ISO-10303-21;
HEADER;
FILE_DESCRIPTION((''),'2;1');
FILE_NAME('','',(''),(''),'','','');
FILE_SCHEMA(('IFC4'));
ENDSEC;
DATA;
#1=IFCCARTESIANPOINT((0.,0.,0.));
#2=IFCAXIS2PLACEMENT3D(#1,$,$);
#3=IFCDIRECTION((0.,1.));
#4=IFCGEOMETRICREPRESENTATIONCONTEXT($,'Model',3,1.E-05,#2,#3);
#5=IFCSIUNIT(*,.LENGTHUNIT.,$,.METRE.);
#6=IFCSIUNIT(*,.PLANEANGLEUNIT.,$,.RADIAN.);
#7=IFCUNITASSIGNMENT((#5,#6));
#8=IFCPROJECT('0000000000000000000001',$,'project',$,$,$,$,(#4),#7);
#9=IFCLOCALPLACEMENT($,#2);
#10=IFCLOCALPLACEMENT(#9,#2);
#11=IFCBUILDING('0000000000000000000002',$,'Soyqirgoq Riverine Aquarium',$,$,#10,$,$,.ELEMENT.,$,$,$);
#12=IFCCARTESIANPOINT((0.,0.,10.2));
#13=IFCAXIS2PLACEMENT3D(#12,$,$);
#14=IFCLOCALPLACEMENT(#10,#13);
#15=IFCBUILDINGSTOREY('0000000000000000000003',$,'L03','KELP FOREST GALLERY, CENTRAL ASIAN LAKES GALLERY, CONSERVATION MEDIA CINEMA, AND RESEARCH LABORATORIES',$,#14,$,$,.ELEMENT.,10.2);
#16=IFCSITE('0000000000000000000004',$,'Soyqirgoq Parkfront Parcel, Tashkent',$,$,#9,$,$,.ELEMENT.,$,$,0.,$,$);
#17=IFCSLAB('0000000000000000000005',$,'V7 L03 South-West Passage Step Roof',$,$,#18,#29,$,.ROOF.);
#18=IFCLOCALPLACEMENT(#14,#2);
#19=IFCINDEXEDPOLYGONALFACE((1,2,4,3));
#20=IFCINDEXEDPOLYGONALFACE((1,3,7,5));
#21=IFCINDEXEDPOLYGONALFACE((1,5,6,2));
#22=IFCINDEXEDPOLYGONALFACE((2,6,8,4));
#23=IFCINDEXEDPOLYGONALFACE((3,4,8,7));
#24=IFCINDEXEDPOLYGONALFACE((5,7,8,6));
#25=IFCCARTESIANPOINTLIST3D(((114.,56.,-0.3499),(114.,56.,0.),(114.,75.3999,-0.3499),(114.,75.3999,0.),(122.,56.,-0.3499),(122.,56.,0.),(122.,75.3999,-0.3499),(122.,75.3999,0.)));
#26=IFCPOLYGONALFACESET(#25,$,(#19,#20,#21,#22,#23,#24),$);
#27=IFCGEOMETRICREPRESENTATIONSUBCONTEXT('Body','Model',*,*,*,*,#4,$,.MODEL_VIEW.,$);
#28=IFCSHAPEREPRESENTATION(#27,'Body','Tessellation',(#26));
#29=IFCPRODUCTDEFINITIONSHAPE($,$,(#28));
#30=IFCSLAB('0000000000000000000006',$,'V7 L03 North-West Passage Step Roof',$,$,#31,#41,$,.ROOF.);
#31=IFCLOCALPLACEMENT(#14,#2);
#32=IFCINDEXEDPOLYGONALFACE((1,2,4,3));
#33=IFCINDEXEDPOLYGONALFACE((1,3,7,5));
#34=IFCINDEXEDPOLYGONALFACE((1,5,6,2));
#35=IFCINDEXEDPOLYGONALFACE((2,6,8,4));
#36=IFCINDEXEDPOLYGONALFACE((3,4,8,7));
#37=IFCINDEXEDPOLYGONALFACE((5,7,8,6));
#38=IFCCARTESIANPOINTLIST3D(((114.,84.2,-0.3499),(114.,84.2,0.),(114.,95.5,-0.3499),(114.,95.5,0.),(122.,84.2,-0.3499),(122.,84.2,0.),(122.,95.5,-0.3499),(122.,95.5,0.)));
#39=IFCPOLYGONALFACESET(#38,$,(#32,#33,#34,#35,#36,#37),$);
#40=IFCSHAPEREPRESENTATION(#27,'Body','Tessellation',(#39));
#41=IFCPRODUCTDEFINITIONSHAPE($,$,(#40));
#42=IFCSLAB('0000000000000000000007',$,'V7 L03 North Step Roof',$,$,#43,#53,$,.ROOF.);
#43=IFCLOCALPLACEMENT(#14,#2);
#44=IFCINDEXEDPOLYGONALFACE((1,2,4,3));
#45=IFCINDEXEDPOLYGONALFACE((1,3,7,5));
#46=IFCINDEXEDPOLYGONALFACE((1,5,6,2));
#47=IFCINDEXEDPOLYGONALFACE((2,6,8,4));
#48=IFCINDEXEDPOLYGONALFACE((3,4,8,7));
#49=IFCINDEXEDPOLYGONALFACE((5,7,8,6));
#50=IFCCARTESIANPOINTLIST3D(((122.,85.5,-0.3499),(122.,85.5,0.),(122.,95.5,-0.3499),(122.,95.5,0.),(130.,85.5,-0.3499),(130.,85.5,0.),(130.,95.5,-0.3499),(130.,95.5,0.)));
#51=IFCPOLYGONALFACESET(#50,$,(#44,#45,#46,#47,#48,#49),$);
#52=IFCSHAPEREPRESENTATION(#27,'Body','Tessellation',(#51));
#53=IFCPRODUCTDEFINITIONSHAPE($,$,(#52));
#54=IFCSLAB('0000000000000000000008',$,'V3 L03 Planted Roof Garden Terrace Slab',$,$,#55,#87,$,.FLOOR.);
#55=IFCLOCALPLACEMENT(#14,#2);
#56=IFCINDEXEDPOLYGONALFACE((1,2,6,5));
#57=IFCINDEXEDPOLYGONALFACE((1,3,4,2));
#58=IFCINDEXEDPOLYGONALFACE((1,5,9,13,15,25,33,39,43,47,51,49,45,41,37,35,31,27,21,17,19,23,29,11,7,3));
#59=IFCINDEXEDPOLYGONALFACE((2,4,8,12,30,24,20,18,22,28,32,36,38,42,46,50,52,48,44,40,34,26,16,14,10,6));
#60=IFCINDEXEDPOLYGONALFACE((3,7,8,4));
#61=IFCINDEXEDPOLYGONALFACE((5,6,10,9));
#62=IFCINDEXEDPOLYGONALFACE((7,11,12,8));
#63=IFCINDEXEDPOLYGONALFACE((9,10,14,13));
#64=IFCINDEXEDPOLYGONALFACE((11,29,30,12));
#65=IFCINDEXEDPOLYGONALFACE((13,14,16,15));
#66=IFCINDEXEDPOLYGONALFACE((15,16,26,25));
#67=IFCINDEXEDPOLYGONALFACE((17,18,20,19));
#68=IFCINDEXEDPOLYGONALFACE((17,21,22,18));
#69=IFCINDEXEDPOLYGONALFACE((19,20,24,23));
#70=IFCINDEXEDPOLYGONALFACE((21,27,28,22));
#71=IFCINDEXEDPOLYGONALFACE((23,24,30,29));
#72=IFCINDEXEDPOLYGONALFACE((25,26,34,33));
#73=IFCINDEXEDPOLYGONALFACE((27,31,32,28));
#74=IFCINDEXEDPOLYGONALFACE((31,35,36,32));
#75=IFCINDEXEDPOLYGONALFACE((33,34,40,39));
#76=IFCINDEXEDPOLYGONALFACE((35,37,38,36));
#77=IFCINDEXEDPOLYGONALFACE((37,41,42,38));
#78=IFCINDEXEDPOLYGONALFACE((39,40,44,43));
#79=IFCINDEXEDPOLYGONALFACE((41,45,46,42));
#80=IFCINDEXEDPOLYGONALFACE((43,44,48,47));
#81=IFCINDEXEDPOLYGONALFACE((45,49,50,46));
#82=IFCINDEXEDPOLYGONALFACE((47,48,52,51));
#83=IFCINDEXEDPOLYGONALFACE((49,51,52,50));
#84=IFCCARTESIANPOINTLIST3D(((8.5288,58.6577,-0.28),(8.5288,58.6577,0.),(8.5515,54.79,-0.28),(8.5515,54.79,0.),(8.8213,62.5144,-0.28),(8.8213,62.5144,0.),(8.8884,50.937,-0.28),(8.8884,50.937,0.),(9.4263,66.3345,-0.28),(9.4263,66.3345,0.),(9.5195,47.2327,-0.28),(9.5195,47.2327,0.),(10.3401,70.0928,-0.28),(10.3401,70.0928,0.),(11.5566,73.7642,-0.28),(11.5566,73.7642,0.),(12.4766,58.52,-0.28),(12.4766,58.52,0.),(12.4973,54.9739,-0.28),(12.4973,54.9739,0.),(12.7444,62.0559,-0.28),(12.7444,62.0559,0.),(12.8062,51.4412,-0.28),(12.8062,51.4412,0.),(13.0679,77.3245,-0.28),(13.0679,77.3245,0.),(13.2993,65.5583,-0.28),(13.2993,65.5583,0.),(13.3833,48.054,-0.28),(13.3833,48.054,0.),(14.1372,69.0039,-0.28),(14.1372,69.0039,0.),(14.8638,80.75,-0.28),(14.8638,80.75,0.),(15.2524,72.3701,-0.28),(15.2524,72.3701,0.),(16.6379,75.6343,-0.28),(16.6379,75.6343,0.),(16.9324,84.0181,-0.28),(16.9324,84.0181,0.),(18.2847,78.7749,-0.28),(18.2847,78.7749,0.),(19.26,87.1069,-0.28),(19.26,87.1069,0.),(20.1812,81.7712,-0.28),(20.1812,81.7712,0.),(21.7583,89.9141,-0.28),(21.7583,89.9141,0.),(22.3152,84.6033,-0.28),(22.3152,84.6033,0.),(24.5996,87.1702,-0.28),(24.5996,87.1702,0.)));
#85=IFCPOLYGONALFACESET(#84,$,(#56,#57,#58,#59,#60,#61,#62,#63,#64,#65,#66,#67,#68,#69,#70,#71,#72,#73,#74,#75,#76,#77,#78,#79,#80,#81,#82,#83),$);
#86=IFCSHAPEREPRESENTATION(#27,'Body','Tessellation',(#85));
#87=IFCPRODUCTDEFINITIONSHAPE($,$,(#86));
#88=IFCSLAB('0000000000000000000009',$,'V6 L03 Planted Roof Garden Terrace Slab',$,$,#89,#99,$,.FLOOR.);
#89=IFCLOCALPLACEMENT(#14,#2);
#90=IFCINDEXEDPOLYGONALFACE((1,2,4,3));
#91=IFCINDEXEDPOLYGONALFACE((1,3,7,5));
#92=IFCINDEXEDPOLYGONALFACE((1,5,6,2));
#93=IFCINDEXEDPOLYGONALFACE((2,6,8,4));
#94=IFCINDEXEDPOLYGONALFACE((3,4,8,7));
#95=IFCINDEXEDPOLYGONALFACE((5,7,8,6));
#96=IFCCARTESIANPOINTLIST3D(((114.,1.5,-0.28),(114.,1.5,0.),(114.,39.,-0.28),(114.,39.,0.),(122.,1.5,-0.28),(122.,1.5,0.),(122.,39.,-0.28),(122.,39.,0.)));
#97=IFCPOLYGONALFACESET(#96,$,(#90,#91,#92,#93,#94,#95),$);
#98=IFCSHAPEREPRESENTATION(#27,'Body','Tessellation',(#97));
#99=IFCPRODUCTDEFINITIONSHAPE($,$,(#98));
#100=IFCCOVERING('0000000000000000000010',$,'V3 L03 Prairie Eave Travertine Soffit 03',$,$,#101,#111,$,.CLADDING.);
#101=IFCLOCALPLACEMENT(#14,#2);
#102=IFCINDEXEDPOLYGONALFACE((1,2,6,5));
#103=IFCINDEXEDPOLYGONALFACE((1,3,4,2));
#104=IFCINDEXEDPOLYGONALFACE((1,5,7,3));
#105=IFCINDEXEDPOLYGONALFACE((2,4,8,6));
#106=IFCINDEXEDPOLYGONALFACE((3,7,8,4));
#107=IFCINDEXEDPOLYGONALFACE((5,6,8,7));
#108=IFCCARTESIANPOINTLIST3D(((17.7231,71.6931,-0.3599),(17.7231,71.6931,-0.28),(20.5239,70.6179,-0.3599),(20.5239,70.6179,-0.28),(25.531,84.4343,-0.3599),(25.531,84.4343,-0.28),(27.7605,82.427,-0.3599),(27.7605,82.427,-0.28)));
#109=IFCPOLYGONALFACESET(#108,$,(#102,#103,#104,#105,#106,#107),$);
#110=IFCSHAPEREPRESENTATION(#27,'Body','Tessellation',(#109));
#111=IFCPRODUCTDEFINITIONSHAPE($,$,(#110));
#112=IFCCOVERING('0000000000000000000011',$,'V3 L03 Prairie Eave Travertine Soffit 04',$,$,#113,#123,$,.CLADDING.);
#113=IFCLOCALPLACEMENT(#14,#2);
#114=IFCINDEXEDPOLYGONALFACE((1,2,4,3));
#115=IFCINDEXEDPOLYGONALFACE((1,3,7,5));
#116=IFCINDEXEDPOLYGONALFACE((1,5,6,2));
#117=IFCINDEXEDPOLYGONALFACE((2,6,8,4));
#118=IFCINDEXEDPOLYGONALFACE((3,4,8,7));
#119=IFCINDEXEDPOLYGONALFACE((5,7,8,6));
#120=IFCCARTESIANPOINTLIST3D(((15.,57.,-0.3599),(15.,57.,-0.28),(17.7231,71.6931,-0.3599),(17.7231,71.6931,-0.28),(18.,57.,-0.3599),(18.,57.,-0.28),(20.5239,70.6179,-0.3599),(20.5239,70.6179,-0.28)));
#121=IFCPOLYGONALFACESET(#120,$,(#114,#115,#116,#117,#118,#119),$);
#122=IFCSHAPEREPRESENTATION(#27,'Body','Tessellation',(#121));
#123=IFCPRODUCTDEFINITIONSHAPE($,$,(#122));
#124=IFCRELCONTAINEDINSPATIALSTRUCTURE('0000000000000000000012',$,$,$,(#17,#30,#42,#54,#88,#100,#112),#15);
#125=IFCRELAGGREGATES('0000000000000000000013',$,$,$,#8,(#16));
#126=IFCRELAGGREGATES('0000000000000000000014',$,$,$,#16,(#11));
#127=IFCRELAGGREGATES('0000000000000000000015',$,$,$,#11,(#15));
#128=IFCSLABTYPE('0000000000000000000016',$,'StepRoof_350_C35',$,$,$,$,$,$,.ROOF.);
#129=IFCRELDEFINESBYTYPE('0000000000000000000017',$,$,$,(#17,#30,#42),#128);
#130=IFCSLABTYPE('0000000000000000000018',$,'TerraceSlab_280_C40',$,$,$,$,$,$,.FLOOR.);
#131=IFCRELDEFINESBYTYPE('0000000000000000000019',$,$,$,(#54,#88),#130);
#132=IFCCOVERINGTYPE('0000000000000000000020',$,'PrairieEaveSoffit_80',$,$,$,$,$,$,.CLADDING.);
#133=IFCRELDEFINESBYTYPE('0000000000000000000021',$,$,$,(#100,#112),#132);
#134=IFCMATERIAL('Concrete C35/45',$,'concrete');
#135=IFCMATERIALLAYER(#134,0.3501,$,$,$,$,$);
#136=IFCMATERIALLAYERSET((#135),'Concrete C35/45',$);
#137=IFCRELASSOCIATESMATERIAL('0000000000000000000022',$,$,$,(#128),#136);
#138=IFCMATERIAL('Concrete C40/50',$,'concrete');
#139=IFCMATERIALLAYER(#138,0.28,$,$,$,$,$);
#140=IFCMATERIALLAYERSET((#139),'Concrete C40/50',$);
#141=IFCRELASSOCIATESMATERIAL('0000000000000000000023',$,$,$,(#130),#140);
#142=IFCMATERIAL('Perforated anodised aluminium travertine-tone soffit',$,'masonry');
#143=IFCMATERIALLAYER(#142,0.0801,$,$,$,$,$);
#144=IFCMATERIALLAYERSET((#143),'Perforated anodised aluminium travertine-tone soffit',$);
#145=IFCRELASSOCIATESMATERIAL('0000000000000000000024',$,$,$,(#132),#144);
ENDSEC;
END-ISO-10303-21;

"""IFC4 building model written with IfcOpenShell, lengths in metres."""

from ifc_helpers import new_model, si_unit, direction, frame, origin, place, context, subcontext, project, spatial, polyline, outline, extrude, material, layer, layer_set, type_object, element, save


model = new_model("IFC4")

# Units and contexts
model_context = context("Model", 3, precision=1e-05, world=origin(), true_north=direction((0.0, 1.0)))
body_context = subcontext(model_context, "Body", "Model", "MODEL_VIEW")
ifc_project = project(units=[si_unit("LENGTHUNIT", "METRE"), si_unit("PLANEANGLEUNIT", "RADIAN")], contexts=[model_context])

# Site, building, storey
site_placement = place(None, origin())
site = spatial("IfcSite", under=ifc_project, at=site_placement, Name="Soyqirgoq Parkfront Parcel, Tashkent", CompositionType="ELEMENT", RefElevation=0.0)
building_placement = place(site_placement, origin())
building = spatial("IfcBuilding", under=site, at=building_placement, Name="Soyqirgoq Riverine Aquarium", CompositionType="ELEMENT")
storey_placement = place(building_placement, frame((0.0, 0.0, 10.2)))
storey = spatial("IfcBuildingStorey", under=building, at=storey_placement, Name="L03", Description="KELP FOREST GALLERY, CENTRAL ASIAN LAKES GALLERY, CONSERVATION MEDIA CINEMA, AND RESEARCH LABORATORIES", CompositionType="ELEMENT", Elevation=10.2)

# Slabs
ifc_material_1 = material(Name="Concrete C35/45", Category="concrete")
ifc_layer_1 = layer(ifc_material_1, 0.3501)
ifc_layer_set_1 = layer_set([ifc_layer_1], Name="Concrete C35/45")
slab_type_1 = type_object("IfcSlabType", Name="StepRoof_350_C35", PredefinedType="ROOF", material=ifc_layer_set_1)
slab_1_placement = place(storey_placement, frame((0.0, 0.0, -0.3499)))
element("IfcSlab", 1, at=slab_1_placement, inside=storey, type_object=slab_type_1, Name="V7 L03 South-West Passage Step Roof", PredefinedType="ROOF", context=body_context, shape_type="SweptSolid", body=[
    extrude(outline(polyline([(114.0, 56.0), (122.0, 56.0), (122.0, 75.3999), (114.0, 75.3999), (114.0, 56.0)])), origin(), (0.0, 0.0, 1.0), 0.3499),
])
slab_2_placement = place(storey_placement, frame((0.0, 0.0, -0.3499)))
element("IfcSlab", 2, at=slab_2_placement, inside=storey, type_object=slab_type_1, Name="V7 L03 North-West Passage Step Roof", PredefinedType="ROOF", context=body_context, shape_type="SweptSolid", body=[
    extrude(outline(polyline([(114.0, 84.2), (122.0, 84.2), (122.0, 95.5), (114.0, 95.5), (114.0, 84.2)])), origin(), (0.0, 0.0, 1.0), 0.3499),
])
slab_3_placement = place(storey_placement, frame((0.0, 0.0, -0.3499)))
element("IfcSlab", 3, at=slab_3_placement, inside=storey, type_object=slab_type_1, Name="V7 L03 North Step Roof", PredefinedType="ROOF", context=body_context, shape_type="SweptSolid", body=[
    extrude(outline(polyline([(122.0, 85.5), (130.0, 85.5), (130.0, 95.5), (122.0, 95.5), (122.0, 85.5)])), origin(), (0.0, 0.0, 1.0), 0.3499),
])
ifc_material_2 = material(Name="Concrete C40/50", Category="concrete")
ifc_layer_2 = layer(ifc_material_2, 0.28)
ifc_layer_set_2 = layer_set([ifc_layer_2], Name="Concrete C40/50")
slab_type_2 = type_object("IfcSlabType", Name="TerraceSlab_280_C40", PredefinedType="FLOOR", material=ifc_layer_set_2)
slab_4_placement = place(storey_placement, frame((0.0, 0.0, -0.28)))
element("IfcSlab", 4, at=slab_4_placement, inside=storey, type_object=slab_type_2, Name="V3 L03 Planted Roof Garden Terrace Slab", PredefinedType="FLOOR", context=body_context, shape_type="SweptSolid", body=[
    extrude(outline(polyline([(20.1812, 81.7712), (22.3152, 84.6033), (24.5996, 87.1702), (21.7583, 89.9141), (19.26, 87.1069), (16.9324, 84.0181), (14.8638, 80.75), (13.0679, 77.3245), (11.5566, 73.7642), (10.3401, 70.0928), (9.4263, 66.3345), (8.8213, 62.5144), (8.5288, 58.6577), (8.5515, 54.79), (8.8884, 50.937), (9.5195, 47.2327), (13.3833, 48.054), (12.8062, 51.4412), (12.4973, 54.9739), (12.4766, 58.52), (12.7444, 62.0559), (13.2993, 65.5583), (14.1372, 69.0039), (15.2524, 72.3701), (16.6379, 75.6343), (18.2847, 78.7749), (20.1812, 81.7712)])), origin(), (0.0, 0.0, 1.0), 0.28),
])
slab_5_placement = place(storey_placement, frame((0.0, 0.0, -0.28)))
element("IfcSlab", 5, at=slab_5_placement, inside=storey, type_object=slab_type_2, Name="V6 L03 Planted Roof Garden Terrace Slab", PredefinedType="FLOOR", context=body_context, shape_type="SweptSolid", body=[
    extrude(outline(polyline([(114.0, 1.5), (122.0, 1.5), (122.0, 39.0), (114.0, 39.0), (114.0, 1.5)])), origin(), (0.0, 0.0, 1.0), 0.28),
])

# Coverings
ifc_material_3 = material(Name="Perforated anodised aluminium travertine-tone soffit", Category="masonry")
ifc_layer_3 = layer(ifc_material_3, 0.0801)
ifc_layer_set_3 = layer_set([ifc_layer_3], Name="Perforated anodised aluminium travertine-tone soffit")
covering_type_1 = type_object("IfcCoveringType", Name="PrairieEaveSoffit_80", PredefinedType="CLADDING", material=ifc_layer_set_3)
covering_1_placement = place(storey_placement, frame((0.0, 0.0, -0.3599)))
element("IfcCovering", 6, at=covering_1_placement, inside=storey, type_object=covering_type_1, Name="V3 L03 Prairie Eave Travertine Soffit 03", PredefinedType="CLADDING", context=body_context, shape_type="SweptSolid", body=[
    extrude(outline(polyline([(27.7605, 82.427), (25.531, 84.4343), (17.7231, 71.6931), (20.5239, 70.6179), (27.7605, 82.427)])), origin(), (0.0, 0.0, 1.0), 0.0798),
])
covering_2_placement = place(storey_placement, frame((0.0, 0.0, -0.3599)))
element("IfcCovering", 7, at=covering_2_placement, inside=storey, type_object=covering_type_1, Name="V3 L03 Prairie Eave Travertine Soffit 04", PredefinedType="CLADDING", context=body_context, shape_type="SweptSolid", body=[
    extrude(outline(polyline([(20.5239, 70.6179), (17.7231, 71.6931), (15.0, 57.0), (18.0, 57.0), (20.5239, 70.6179)])), origin(), (0.0, 0.0, 1.0), 0.0798),
])

save(model, "model.ifc")
